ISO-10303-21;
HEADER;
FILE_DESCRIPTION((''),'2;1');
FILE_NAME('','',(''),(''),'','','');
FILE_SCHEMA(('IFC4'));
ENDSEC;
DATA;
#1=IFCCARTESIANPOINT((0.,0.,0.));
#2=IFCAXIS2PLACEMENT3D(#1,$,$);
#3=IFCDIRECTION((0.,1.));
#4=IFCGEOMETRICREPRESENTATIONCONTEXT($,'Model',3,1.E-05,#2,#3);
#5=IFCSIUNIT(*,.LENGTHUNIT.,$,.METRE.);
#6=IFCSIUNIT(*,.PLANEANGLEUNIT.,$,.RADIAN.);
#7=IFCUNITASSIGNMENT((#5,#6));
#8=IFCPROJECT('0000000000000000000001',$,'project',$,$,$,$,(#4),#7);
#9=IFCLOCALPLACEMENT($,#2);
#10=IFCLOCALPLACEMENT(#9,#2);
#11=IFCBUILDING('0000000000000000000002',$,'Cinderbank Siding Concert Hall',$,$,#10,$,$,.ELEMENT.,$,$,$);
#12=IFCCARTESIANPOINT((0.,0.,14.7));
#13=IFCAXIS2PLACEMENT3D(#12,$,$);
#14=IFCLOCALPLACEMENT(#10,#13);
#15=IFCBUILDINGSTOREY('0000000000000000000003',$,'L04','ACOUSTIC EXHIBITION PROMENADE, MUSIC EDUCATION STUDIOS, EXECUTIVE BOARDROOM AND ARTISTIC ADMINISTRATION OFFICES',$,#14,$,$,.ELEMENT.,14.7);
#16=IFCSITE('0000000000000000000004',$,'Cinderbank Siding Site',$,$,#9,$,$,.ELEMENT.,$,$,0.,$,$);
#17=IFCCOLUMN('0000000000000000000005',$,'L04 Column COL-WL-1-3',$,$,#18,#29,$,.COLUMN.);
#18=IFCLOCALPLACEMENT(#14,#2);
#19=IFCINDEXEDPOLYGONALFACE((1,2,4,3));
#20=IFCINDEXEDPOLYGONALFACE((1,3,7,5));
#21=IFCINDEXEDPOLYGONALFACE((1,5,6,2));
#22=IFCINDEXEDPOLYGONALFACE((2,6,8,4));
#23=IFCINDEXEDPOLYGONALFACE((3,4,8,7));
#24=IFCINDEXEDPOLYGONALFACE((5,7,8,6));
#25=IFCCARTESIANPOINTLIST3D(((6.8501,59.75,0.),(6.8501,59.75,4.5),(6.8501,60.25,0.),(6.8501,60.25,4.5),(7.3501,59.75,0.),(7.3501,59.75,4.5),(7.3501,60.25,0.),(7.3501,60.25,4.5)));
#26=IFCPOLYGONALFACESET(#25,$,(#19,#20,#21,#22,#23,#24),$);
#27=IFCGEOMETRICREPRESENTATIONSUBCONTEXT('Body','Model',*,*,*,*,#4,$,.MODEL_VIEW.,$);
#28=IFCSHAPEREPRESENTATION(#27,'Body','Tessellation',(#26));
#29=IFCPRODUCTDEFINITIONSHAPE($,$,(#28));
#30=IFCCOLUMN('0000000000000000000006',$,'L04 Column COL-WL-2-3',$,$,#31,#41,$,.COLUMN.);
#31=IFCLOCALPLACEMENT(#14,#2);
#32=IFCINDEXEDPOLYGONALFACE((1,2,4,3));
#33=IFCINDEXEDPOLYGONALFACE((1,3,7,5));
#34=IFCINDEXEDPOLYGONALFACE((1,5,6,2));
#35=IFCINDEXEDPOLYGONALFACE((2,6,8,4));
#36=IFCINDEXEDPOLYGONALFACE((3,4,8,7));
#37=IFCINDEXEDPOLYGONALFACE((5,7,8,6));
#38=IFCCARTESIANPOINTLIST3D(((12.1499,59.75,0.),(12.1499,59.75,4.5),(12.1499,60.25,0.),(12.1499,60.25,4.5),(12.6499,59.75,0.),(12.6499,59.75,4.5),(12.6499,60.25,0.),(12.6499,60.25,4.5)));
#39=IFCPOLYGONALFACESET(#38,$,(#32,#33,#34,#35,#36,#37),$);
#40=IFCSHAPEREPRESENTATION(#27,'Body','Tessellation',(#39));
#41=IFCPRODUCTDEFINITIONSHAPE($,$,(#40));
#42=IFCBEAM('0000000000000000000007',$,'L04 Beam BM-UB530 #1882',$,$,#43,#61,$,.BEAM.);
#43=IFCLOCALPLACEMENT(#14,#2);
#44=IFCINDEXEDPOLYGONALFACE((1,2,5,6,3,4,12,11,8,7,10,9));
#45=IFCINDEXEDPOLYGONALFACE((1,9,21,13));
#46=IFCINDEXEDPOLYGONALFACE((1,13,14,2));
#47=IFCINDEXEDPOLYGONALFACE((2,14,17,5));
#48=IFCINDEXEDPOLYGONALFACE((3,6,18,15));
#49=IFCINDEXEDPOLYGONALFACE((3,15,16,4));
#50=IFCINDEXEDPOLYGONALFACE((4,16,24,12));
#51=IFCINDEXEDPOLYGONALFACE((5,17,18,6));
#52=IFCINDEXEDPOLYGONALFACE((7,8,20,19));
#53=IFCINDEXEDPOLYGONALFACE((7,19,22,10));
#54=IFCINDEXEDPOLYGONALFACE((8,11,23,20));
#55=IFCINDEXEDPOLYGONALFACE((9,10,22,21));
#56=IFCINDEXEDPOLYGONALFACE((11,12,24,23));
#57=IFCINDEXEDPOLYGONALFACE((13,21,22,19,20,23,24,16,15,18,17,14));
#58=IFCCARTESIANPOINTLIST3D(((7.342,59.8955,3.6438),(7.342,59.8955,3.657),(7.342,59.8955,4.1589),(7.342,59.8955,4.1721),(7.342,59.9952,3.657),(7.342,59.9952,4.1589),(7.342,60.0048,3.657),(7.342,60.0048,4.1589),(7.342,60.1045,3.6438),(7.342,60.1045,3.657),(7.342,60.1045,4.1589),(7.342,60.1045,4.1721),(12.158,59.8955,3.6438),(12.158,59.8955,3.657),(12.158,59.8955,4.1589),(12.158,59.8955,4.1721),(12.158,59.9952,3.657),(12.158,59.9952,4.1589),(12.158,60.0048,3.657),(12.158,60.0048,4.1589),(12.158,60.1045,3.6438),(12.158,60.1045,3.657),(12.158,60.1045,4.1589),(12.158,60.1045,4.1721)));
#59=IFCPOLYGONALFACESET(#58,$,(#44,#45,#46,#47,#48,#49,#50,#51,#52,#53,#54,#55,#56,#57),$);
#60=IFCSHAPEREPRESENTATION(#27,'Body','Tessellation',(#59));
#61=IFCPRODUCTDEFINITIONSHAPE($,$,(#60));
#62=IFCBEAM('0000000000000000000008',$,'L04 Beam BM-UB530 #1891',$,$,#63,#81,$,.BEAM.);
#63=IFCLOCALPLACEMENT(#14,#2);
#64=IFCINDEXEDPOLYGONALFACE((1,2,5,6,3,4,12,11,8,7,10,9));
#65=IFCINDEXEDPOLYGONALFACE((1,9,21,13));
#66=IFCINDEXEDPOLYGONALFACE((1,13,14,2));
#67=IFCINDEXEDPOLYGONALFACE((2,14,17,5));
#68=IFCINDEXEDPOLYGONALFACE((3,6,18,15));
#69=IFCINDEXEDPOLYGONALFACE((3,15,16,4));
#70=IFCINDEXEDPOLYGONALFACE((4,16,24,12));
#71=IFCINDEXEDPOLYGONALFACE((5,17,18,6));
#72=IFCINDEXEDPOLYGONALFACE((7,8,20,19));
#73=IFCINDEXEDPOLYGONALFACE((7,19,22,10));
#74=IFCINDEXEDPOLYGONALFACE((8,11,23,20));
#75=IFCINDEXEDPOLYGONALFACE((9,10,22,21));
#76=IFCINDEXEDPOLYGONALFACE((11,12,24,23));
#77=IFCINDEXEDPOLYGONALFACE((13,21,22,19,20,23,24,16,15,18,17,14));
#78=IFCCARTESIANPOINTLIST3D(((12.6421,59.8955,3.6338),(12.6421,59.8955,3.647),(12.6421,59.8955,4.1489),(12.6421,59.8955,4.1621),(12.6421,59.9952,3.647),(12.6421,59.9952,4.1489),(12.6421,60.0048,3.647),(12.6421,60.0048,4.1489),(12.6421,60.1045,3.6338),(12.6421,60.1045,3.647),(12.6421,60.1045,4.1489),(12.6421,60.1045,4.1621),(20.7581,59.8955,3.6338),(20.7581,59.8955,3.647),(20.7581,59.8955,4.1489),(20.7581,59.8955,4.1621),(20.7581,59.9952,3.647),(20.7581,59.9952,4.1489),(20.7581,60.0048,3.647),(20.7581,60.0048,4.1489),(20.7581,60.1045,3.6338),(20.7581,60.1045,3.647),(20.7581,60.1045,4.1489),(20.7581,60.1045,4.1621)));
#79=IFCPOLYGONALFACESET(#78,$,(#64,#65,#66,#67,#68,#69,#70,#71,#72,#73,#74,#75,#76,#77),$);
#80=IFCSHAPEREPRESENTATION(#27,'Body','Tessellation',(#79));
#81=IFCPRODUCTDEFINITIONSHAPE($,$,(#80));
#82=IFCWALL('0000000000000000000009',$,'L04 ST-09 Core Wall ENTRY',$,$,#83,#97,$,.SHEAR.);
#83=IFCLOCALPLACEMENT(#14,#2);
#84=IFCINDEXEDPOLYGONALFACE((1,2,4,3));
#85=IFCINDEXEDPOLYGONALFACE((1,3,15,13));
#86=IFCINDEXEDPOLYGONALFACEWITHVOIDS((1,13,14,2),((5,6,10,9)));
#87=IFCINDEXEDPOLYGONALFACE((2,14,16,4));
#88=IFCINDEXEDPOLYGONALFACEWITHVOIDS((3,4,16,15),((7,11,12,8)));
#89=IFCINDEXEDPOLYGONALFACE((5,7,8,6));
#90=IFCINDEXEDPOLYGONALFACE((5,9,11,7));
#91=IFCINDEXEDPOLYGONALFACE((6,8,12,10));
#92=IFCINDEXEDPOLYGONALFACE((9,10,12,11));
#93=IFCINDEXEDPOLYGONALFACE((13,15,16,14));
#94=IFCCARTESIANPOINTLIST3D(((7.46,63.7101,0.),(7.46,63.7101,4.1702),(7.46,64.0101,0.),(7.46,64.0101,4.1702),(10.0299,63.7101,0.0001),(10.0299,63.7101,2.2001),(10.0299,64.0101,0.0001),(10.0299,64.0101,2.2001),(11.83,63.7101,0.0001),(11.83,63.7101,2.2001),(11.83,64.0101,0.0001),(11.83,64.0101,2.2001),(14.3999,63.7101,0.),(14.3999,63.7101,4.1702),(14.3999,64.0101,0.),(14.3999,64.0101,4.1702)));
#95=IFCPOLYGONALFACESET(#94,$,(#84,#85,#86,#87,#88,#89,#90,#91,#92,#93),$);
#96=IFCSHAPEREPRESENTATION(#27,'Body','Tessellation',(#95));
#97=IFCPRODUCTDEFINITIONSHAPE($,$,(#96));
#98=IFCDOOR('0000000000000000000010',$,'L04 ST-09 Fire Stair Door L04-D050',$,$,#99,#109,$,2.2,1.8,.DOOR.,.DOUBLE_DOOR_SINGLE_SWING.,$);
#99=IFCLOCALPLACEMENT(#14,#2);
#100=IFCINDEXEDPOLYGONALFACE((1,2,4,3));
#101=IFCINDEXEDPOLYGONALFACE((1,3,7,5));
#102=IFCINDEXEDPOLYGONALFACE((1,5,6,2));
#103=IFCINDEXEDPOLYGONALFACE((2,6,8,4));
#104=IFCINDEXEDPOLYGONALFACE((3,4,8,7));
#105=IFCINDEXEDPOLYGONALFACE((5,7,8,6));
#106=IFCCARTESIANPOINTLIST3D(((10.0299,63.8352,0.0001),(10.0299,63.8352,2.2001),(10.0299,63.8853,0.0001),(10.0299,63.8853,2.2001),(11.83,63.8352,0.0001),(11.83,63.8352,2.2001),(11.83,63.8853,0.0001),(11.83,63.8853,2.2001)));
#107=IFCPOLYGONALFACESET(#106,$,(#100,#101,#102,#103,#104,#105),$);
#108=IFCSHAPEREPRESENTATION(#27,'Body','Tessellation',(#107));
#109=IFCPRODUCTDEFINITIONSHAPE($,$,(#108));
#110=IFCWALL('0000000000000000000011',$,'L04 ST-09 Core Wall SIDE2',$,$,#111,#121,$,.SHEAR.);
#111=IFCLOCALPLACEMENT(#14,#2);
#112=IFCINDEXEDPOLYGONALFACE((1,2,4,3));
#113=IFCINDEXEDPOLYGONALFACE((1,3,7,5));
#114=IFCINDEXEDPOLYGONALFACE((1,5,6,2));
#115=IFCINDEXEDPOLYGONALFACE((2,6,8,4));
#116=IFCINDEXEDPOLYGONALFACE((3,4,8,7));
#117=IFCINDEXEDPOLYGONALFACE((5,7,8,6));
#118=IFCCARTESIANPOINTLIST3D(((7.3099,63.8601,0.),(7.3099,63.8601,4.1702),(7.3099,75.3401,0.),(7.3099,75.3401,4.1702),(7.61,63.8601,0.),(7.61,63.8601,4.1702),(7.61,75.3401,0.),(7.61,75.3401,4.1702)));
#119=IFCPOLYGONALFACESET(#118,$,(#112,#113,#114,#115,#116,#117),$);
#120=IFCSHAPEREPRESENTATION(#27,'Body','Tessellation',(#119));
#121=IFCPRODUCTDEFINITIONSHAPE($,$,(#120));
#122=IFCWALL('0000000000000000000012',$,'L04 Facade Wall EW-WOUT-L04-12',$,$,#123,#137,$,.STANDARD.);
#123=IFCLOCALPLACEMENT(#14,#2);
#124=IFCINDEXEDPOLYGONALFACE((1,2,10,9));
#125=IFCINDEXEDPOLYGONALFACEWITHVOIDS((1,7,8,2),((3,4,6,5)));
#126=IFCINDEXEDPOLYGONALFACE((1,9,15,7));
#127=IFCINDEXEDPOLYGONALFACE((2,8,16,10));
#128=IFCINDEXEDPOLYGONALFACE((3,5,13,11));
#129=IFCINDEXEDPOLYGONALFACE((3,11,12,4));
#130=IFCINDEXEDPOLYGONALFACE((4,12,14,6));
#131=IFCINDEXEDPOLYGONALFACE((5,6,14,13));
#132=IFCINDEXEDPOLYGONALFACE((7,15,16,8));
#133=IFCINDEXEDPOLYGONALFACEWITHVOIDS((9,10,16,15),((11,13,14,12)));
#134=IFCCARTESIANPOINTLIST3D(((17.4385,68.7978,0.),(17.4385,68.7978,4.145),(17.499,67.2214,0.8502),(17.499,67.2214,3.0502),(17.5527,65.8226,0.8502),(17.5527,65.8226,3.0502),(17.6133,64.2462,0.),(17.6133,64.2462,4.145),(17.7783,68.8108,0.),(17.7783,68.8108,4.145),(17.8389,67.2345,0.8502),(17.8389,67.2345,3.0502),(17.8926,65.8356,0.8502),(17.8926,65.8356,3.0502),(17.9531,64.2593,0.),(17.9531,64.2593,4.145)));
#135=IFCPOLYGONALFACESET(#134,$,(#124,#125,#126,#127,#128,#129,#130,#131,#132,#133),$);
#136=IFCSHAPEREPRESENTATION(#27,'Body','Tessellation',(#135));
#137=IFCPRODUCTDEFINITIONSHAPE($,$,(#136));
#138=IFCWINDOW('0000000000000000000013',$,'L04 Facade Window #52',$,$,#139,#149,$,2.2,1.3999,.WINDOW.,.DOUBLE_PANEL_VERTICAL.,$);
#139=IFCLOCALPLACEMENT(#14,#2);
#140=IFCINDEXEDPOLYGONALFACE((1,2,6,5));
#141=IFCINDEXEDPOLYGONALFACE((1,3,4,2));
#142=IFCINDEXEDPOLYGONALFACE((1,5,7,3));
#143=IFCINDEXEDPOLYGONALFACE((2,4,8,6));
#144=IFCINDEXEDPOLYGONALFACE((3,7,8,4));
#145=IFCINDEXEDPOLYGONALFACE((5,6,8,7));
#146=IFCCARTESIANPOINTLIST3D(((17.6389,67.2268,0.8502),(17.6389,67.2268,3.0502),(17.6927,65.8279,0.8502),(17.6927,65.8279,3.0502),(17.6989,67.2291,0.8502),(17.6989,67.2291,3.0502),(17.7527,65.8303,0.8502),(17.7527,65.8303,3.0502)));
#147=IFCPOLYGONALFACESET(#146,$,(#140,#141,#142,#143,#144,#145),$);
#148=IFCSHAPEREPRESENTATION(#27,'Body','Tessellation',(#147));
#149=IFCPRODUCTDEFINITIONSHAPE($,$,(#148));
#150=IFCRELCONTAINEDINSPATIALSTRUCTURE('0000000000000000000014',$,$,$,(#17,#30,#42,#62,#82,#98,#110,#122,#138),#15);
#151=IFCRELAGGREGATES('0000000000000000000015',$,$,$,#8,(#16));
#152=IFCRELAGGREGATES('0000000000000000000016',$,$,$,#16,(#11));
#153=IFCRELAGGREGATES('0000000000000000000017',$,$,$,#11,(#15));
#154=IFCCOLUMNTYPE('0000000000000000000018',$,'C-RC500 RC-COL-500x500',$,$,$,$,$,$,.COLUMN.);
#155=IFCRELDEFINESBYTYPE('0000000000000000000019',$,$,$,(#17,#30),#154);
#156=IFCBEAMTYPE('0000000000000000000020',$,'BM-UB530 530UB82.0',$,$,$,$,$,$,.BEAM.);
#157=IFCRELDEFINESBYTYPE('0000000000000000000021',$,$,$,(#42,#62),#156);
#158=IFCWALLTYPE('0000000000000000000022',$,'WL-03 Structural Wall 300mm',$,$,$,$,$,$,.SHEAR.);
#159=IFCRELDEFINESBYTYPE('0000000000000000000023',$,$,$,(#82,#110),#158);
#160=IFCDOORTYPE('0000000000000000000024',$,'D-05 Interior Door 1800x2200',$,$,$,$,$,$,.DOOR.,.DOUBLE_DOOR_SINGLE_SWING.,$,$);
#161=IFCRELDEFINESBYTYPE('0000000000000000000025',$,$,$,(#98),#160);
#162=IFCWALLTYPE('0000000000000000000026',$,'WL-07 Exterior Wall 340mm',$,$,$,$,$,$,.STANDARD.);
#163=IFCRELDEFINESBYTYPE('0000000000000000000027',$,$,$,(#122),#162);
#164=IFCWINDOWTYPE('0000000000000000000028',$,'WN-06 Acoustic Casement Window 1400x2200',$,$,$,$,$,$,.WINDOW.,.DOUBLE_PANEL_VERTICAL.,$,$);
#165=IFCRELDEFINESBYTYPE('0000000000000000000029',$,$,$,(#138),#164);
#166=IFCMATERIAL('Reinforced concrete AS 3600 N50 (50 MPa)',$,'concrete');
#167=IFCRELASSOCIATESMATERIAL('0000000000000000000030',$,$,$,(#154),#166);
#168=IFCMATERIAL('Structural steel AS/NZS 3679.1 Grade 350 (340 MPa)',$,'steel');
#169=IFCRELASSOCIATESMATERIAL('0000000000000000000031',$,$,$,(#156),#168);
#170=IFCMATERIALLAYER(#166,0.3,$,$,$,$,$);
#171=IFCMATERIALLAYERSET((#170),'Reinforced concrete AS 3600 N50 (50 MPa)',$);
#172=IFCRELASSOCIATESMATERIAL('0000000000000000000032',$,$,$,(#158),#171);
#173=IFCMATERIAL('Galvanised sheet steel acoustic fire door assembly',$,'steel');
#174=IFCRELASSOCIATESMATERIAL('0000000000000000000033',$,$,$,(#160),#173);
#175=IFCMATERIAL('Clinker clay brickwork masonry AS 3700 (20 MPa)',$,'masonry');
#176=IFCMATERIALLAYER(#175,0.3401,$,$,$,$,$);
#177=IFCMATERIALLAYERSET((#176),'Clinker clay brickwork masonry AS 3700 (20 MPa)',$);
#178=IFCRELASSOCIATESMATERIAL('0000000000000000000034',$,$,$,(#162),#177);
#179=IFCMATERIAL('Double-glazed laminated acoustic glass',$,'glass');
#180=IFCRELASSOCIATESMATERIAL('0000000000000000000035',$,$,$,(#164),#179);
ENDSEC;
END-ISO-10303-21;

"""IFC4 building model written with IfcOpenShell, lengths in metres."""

from ifc_helpers import new_model, si_unit, direction, frame, frame_2d, origin, origin_2d, place, context, subcontext, project, spatial, rectangle, i_section, extrude, material, layer, layer_set, material_profile, profile_set, type_object, element, fill, save


model = new_model("IFC4")

# Units and contexts
model_context = context("Model", 3, precision=1e-05, world=origin(), true_north=direction((0.0, 1.0)))
body_context = subcontext(model_context, "Body", "Model", "MODEL_VIEW")
ifc_project = project(units=[si_unit("LENGTHUNIT", "METRE"), si_unit("PLANEANGLEUNIT", "RADIAN")], contexts=[model_context])

# Site, building, storey
site_placement = place(None, origin())
site = spatial("IfcSite", under=ifc_project, at=site_placement, Name="Cinderbank Siding Site", CompositionType="ELEMENT", RefElevation=0.0)
building_placement = place(site_placement, origin())
building = spatial("IfcBuilding", under=site, at=building_placement, Name="Cinderbank Siding Concert Hall", CompositionType="ELEMENT")
storey_placement = place(building_placement, frame((0.0, 0.0, 14.7)))
storey = spatial("IfcBuildingStorey", under=building, at=storey_placement, Name="L04", Description="ACOUSTIC EXHIBITION PROMENADE, MUSIC EDUCATION STUDIOS, EXECUTIVE BOARDROOM AND ARTISTIC ADMINISTRATION OFFICES", CompositionType="ELEMENT", Elevation=14.7)

# Columns
ifc_material_1 = material(Name="Reinforced concrete AS 3600 N50 (50 MPa)", Category="concrete")
ifc_material_profile_1 = material_profile(ifc_material_1, rectangle(XDim=0.5, YDim=0.5, at=origin_2d()), Name="RC-COL-500x500", Category="LoadBearing")
ifc_profile_set_1 = profile_set([ifc_material_profile_1], Name="Reinforced concrete AS 3600 N50 (50 MPa)")
column_type = type_object("IfcColumnType", Name="C-RC500 RC-COL-500x500", PredefinedType="COLUMN", material=ifc_profile_set_1)
for number, where, z_axis, x_axis, name in (
    (1, (7.1001, 60.0, 0.0), (0.0, 0.0, 1.0), (1.0, 0.0, 0.0), "L04 Column COL-WL-1-3"),
    (2, (12.3999, 60.0, 0.0), (0.0, 0.0, 1.0), (1.0, 0.0, 0.0), "L04 Column COL-WL-2-3"),
):
    element("IfcColumn", number, at=place(storey_placement, frame(where, z_axis=z_axis, x_axis=x_axis)), inside=storey, type_object=column_type, Name=name, PredefinedType="COLUMN", context=body_context, shape_type="SweptSolid", body=[
        extrude(rectangle(XDim=0.5, YDim=0.5, at=origin_2d()), origin(), (0.0, 0.0, 1.0), 4.5),
    ])

# Beams
ifc_material_2 = material(Name="Structural steel AS/NZS 3679.1 Grade 350 (340 MPa)", Category="steel")
ifc_material_profile_2 = material_profile(ifc_material_2, i_section(OverallWidth=0.209, OverallDepth=0.5283, WebThickness=0.0095, FlangeThickness=0.0132, at=origin_2d()), Name="530UB82.0", Category="LoadBearing")
ifc_profile_set_2 = profile_set([ifc_material_profile_2], Name="Structural steel AS/NZS 3679.1 Grade 350 (340 MPa)")
beam_type = type_object("IfcBeamType", Name="BM-UB530 530UB82.0", PredefinedType="BEAM", material=ifc_profile_set_2)
beam_1_placement = place(storey_placement, frame((7.342, 60.0, 3.908), z_axis=(1.0, 0.0, 0.0), x_axis=(0.0, 1.0, 0.0)))
element("IfcBeam", 3, at=beam_1_placement, inside=storey, type_object=beam_type, Name="L04 Beam BM-UB530 #1882", PredefinedType="BEAM", context=body_context, shape_type="SweptSolid", body=[
    extrude(i_section(OverallWidth=0.209, OverallDepth=0.5283, WebThickness=0.0095, FlangeThickness=0.0132, at=origin_2d()), origin(), (0.0, 0.0, 1.0), 4.8159),
])
beam_2_placement = place(storey_placement, frame((12.6421, 60.0, 3.8979), z_axis=(1.0, 0.0, 0.0), x_axis=(0.0, 1.0, 0.0)))
element("IfcBeam", 4, at=beam_2_placement, inside=storey, type_object=beam_type, Name="L04 Beam BM-UB530 #1891", PredefinedType="BEAM", context=body_context, shape_type="SweptSolid", body=[
    extrude(i_section(OverallWidth=0.209, OverallDepth=0.5283, WebThickness=0.0095, FlangeThickness=0.0132, at=origin_2d()), origin(), (0.0, 0.0, 1.0), 8.116),
])

# Wall, opening, door
ifc_layer_1 = layer(ifc_material_1, 0.3)
ifc_layer_set_1 = layer_set([ifc_layer_1], Name="Reinforced concrete AS 3600 N50 (50 MPa)")
wall_type_1 = type_object("IfcWallType", Name="WL-03 Structural Wall 300mm", PredefinedType="SHEAR", material=ifc_layer_set_1)
wall_1_placement = place(storey_placement, frame((14.3999, 63.8601, 0.0), z_axis=(0.0, 0.0, 1.0), x_axis=(-1.0, 0.0, 0.0)))
wall_1 = element("IfcWall", 5, at=wall_1_placement, inside=storey, type_object=wall_type_1, Name="L04 ST-09 Core Wall ENTRY", PredefinedType="SHEAR", context=body_context, shape_type="SweptSolid", body=[
    extrude(rectangle(XDim=6.9399, YDim=0.3, at=frame_2d((3.47, 0.0))), origin(), (0.0, 0.0, 1.0), 4.1702),
])
opening_1_placement = place(wall_1_placement, frame((2.5701, 0.0, 0.0)))
opening_1 = element("IfcOpeningElement", 6, at=opening_1_placement, cuts=wall_1, PredefinedType="OPENING", context=body_context, shape_type="SweptSolid", body=[
    extrude(rectangle(XDim=1.8, YDim=2.2, at=frame_2d((0.8999, 1.1001))), frame((0.0, 0.1621, 0.0), z_axis=(0.0, -1.0, 0.0), x_axis=(1.0, 0.0, 0.0)), (0.0, 0.0, 1.0), 0.324),
])
ifc_material_3 = material(Name="Galvanised sheet steel acoustic fire door assembly", Category="steel")
door_type = type_object("IfcDoorType", Name="D-05 Interior Door 1800x2200", OperationType="DOUBLE_DOOR_SINGLE_SWING", PredefinedType="DOOR", material=ifc_material_3)
door_placement = place(opening_1_placement, origin())
door = element("IfcDoor", 7, at=door_placement, inside=storey, type_object=door_type, Name="L04 ST-09 Fire Stair Door L04-D050", OperationType="DOUBLE_DOOR_SINGLE_SWING", OverallHeight=2.2, OverallWidth=1.8, PredefinedType="DOOR", context=body_context, shape_type="SweptSolid", body=[
    extrude(rectangle(XDim=1.8, YDim=2.2, at=frame_2d((0.8999, 1.1001))), frame((0.0, 0.0249, 0.0), z_axis=(0.0, -1.0, 0.0), x_axis=(1.0, 0.0, 0.0)), (0.0, 0.0, 1.0), 0.05),
])
fill(opening_1, door)

# Wall
wall_2_placement = place(storey_placement, frame((7.46, 63.8601, 0.0), z_axis=(0.0, 0.0, 1.0), x_axis=(0.0, 1.0, 0.0)))
element("IfcWall", 8, at=wall_2_placement, inside=storey, type_object=wall_type_1, Name="L04 ST-09 Core Wall SIDE2", PredefinedType="SHEAR", context=body_context, shape_type="SweptSolid", body=[
    extrude(rectangle(XDim=11.48, YDim=0.3, at=frame_2d((5.74, 0.0))), origin(), (0.0, 0.0, 1.0), 4.1702),
])

# Wall, opening, window
ifc_material_4 = material(Name="Clinker clay brickwork masonry AS 3700 (20 MPa)", Category="masonry")
ifc_layer_2 = layer(ifc_material_4, 0.3401)
ifc_layer_set_2 = layer_set([ifc_layer_2], Name="Clinker clay brickwork masonry AS 3700 (20 MPa)")
wall_type_2 = type_object("IfcWallType", Name="WL-07 Exterior Wall 340mm", PredefinedType="STANDARD", material=ifc_layer_set_2)
wall_3_placement = place(storey_placement, frame((17.6084, 68.8042, 0.0), z_axis=(0.0, 0.0, 1.0), x_axis=(0.038378, -0.999263, 0.0)))
wall_3 = element("IfcWall", 9, at=wall_3_placement, inside=storey, type_object=wall_type_2, Name="L04 Facade Wall EW-WOUT-L04-12", PredefinedType="STANDARD", context=body_context, shape_type="SweptSolid", body=[
    extrude(rectangle(XDim=4.5549, YDim=0.3401, at=frame_2d((2.2773, 0.0))), origin(), (0.0, 0.0, 1.0), 4.145),
])
opening_2_placement = place(wall_3_placement, frame((1.5774, 0.0, 0.8501)))
opening_2 = element("IfcOpeningElement", 10, at=opening_2_placement, cuts=wall_3, PredefinedType="OPENING", context=body_context, shape_type="SweptSolid", body=[
    extrude(rectangle(XDim=1.3999, YDim=2.2, at=frame_2d((0.7, 1.1001))), frame((0.0, 0.1821, 0.0), z_axis=(0.0, -1.0, 0.0), x_axis=(1.0, 0.0, 0.0)), (0.0, 0.0, 1.0), 0.364),
])
ifc_material_5 = material(Name="Double-glazed laminated acoustic glass", Category="glass")
window_type_1 = type_object("IfcWindowType", Name="WN-06 Acoustic Casement Window 1400x2200", PartitioningType="DOUBLE_PANEL_VERTICAL", PredefinedType="WINDOW", material=ifc_material_5)
window_1_placement = place(opening_2_placement, origin())
window_1 = element("IfcWindow", 11, at=window_1_placement, inside=storey, type_object=window_type_1, Name="L04 Facade Window #52", OverallHeight=2.2, OverallWidth=1.3999, PartitioningType="DOUBLE_PANEL_VERTICAL", PredefinedType="WINDOW", context=body_context, shape_type="SweptSolid", body=[
    extrude(rectangle(XDim=1.3999, YDim=2.2, at=frame_2d((0.7, 1.1001))), frame((0.0, 0.03, 0.0), z_axis=(0.0, -1.0, 0.0), x_axis=(1.0, 0.0, 0.0)), (0.0, 0.0, 1.0), 0.0601),
])
fill(opening_2, window_1)

save(model, "model.ifc")
